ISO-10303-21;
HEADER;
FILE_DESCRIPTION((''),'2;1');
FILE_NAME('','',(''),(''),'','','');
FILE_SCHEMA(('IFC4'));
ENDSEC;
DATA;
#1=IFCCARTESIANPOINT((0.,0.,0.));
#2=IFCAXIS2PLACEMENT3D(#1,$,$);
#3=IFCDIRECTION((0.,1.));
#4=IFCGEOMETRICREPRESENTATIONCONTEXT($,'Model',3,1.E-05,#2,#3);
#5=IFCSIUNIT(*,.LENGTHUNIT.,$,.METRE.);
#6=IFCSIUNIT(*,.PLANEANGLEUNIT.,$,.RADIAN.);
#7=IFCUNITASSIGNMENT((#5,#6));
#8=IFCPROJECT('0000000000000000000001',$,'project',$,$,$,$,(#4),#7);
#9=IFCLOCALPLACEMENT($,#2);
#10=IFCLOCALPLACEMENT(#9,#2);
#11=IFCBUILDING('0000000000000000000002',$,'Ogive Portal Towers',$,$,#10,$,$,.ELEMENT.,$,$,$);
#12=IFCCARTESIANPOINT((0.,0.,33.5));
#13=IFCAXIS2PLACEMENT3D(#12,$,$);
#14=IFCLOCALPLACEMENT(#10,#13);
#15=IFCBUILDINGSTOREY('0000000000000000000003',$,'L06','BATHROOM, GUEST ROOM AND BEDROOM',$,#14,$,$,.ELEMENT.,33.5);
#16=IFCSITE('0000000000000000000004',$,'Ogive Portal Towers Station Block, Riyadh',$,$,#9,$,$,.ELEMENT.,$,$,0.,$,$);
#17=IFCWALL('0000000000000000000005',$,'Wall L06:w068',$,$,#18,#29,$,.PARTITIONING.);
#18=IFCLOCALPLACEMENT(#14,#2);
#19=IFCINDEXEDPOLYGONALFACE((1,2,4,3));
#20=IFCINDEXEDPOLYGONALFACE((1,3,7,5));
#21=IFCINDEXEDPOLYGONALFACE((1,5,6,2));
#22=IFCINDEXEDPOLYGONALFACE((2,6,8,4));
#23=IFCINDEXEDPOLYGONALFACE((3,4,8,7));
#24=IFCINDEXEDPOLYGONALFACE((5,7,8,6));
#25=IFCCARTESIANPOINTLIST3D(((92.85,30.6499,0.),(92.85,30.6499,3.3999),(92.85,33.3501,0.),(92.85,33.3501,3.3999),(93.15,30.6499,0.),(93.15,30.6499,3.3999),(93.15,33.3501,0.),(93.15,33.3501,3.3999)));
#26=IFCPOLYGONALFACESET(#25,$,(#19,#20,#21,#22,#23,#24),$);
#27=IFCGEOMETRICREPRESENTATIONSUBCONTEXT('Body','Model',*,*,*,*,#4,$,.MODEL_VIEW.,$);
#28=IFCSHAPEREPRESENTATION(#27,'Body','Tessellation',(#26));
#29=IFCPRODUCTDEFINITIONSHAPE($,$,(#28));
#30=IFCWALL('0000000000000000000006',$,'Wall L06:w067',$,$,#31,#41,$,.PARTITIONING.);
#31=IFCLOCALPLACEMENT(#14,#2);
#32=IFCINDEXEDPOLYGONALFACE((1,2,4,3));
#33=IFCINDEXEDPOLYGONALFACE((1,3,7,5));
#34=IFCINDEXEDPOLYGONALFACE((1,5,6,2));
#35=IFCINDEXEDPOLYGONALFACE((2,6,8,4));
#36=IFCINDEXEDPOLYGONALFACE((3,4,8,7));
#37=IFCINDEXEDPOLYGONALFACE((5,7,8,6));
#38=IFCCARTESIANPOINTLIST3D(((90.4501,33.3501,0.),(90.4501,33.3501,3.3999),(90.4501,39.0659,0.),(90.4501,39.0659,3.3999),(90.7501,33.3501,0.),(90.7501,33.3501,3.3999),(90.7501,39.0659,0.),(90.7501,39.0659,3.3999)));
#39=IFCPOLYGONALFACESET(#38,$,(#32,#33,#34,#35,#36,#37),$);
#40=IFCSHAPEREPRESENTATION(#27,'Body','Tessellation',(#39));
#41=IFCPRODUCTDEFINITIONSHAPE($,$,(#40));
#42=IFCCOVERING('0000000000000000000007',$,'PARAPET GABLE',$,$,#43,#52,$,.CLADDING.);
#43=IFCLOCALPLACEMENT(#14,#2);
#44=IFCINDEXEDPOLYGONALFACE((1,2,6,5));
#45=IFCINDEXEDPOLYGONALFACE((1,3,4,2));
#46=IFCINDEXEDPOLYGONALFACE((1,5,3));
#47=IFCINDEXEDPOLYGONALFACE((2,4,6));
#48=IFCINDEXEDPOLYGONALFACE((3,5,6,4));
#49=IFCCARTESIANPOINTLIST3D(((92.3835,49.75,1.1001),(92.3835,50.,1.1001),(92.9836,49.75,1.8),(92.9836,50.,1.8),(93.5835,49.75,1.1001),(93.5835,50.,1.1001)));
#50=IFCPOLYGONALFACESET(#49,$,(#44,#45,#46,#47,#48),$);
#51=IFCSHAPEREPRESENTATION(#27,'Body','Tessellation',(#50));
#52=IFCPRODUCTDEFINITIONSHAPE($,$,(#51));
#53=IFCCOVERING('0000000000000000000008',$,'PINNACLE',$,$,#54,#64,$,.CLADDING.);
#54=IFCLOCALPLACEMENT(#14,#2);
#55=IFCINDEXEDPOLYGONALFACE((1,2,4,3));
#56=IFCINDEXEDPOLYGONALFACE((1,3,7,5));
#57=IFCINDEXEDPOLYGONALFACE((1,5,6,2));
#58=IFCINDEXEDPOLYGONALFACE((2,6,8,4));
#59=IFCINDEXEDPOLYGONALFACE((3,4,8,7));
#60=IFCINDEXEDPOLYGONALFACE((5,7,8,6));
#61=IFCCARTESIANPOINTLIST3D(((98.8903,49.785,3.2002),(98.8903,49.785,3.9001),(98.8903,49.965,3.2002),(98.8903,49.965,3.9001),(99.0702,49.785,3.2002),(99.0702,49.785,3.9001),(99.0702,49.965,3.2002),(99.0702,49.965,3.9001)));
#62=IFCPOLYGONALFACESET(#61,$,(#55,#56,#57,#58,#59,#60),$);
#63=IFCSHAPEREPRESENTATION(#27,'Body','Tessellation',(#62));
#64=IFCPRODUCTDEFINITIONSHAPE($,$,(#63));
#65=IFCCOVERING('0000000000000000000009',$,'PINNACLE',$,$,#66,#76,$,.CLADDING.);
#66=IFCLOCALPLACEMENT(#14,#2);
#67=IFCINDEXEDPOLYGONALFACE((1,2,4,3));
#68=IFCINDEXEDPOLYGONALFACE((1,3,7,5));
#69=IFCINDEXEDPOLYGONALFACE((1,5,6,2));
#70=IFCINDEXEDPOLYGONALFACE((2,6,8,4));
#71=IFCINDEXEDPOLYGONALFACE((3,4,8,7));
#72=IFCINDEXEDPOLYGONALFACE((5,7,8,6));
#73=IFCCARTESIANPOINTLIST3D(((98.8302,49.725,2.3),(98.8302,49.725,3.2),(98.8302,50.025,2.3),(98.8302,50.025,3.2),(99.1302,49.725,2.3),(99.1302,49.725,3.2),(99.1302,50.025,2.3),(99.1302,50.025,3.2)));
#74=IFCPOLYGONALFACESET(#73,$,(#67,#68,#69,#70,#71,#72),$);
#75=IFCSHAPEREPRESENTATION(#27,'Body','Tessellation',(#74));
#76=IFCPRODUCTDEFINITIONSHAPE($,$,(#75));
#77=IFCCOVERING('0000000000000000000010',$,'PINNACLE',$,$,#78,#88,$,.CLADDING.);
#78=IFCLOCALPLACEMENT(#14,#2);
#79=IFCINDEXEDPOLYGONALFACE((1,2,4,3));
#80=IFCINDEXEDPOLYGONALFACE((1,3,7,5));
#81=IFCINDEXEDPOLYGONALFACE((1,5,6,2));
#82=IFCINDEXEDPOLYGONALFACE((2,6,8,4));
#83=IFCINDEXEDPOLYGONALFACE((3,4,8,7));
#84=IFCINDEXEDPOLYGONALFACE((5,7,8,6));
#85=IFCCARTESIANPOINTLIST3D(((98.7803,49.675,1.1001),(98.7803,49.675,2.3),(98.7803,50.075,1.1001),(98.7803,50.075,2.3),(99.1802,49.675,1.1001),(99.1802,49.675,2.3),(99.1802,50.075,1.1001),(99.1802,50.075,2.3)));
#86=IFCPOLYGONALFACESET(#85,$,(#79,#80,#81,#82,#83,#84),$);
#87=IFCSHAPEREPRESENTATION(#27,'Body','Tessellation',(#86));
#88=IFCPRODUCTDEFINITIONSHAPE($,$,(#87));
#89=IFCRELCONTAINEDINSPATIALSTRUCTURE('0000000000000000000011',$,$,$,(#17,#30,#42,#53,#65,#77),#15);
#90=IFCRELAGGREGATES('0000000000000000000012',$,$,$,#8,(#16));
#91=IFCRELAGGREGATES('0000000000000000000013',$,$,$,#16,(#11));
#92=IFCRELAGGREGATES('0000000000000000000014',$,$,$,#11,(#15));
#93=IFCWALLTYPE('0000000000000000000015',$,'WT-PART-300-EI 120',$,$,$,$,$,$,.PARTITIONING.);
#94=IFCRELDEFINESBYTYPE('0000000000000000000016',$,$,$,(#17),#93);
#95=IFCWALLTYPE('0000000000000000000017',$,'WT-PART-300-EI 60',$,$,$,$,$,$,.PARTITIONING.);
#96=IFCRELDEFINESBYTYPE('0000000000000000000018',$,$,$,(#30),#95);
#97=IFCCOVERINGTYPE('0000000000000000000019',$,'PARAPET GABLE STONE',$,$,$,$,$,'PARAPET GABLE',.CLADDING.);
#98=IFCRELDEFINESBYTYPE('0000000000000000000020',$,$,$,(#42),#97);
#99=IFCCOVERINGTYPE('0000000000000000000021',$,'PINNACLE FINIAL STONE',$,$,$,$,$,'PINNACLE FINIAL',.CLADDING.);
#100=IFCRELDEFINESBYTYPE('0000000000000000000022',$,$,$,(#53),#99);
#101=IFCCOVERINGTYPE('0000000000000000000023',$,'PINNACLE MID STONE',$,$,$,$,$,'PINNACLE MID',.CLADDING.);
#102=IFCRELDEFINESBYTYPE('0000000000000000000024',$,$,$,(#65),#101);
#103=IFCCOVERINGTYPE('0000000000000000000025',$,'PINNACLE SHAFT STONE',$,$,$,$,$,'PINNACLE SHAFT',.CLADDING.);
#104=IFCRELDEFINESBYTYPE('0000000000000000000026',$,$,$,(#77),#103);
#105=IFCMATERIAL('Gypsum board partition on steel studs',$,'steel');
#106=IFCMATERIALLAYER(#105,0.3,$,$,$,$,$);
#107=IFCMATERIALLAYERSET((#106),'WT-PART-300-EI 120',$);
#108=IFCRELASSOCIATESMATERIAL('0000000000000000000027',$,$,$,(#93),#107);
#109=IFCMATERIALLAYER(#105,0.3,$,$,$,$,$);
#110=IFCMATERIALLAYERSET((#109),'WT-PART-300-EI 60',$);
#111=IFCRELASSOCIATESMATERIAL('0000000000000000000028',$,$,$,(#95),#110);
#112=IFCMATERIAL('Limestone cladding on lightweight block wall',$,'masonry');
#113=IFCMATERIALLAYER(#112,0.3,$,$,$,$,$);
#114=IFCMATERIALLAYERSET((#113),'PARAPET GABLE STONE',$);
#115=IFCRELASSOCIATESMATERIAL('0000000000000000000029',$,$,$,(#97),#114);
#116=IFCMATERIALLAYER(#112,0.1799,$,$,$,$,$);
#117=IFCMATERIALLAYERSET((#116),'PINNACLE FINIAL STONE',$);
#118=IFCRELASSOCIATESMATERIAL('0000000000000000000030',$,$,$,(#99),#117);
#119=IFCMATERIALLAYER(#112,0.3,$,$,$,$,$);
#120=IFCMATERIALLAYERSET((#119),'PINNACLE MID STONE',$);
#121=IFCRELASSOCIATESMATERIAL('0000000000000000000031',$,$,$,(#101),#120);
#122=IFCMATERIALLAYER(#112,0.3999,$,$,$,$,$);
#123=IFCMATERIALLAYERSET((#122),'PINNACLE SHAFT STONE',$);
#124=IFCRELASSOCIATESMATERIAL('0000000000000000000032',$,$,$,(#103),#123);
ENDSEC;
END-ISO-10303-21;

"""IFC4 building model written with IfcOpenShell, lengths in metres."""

from ifc_helpers import new_model, si_unit, direction, frame, frame_2d, origin, origin_2d, place, context, subcontext, project, spatial, polyline, rectangle, outline, extrude, material, layer, layer_set, type_object, element, save


model = new_model("IFC4")

# Units and contexts
model_context = context("Model", 3, precision=1e-05, world=origin(), true_north=direction((0.0, 1.0)))
body_context = subcontext(model_context, "Body", "Model", "MODEL_VIEW")
ifc_project = project(units=[si_unit("LENGTHUNIT", "METRE"), si_unit("PLANEANGLEUNIT", "RADIAN")], contexts=[model_context])

# Site, building, storey
site_placement = place(None, origin())
site = spatial("IfcSite", under=ifc_project, at=site_placement, Name="Ogive Portal Towers Station Block, Riyadh", CompositionType="ELEMENT", RefElevation=0.0)
building_placement = place(site_placement, origin())
building = spatial("IfcBuilding", under=site, at=building_placement, Name="Ogive Portal Towers", CompositionType="ELEMENT")
storey_placement = place(building_placement, frame((0.0, 0.0, 33.5)))
storey = spatial("IfcBuildingStorey", under=building, at=storey_placement, Name="L06", Description="BATHROOM, GUEST ROOM AND BEDROOM", CompositionType="ELEMENT", Elevation=33.5)

# Walls
ifc_material_1 = material(Name="Limestone cladding on lightweight block wall", Category="masonry")
ifc_material_2 = material(Name="Gypsum board partition on steel studs", Category="steel")
ifc_layer_1 = layer(ifc_material_2, 0.3)
ifc_layer_set_1 = layer_set([ifc_layer_1], Name="WT-PART-300-EI 120")
wall_type_1 = type_object("IfcWallType", Name="WT-PART-300-EI 120", PredefinedType="PARTITIONING", material=ifc_layer_set_1)
wall_1_placement = place(storey_placement, frame((93.0, 30.6499, 0.0), z_axis=(0.0, 0.0, 1.0), x_axis=(0.0, 1.0, 0.0)))
element("IfcWall", 1, at=wall_1_placement, inside=storey, type_object=wall_type_1, Name="Wall L06:w068", PredefinedType="PARTITIONING", context=body_context, shape_type="SweptSolid", body=[
    extrude(rectangle(XDim=2.7002, YDim=0.3, at=frame_2d((1.3501, 0.0))), origin(), (0.0, 0.0, 1.0), 3.3999),
])
ifc_layer_2 = layer(ifc_material_2, 0.3)
ifc_layer_set_2 = layer_set([ifc_layer_2], Name="WT-PART-300-EI 60")
wall_type_2 = type_object("IfcWallType", Name="WT-PART-300-EI 60", PredefinedType="PARTITIONING", material=ifc_layer_set_2)
wall_2_placement = place(storey_placement, frame((90.6001, 33.3501, 0.0), z_axis=(0.0, 0.0, 1.0), x_axis=(0.0, 1.0, 0.0)))
element("IfcWall", 2, at=wall_2_placement, inside=storey, type_object=wall_type_2, Name="Wall L06:w067", PredefinedType="PARTITIONING", context=body_context, shape_type="SweptSolid", body=[
    extrude(rectangle(XDim=5.7158, YDim=0.3, at=frame_2d((2.8579, 0.0))), origin(), (0.0, 0.0, 1.0), 3.3999),
])

# Coverings
ifc_layer_3 = layer(ifc_material_1, 0.3)
ifc_layer_set_3 = layer_set([ifc_layer_3], Name="PARAPET GABLE STONE")
covering_type_1 = type_object("IfcCoveringType", Name="PARAPET GABLE STONE", ElementType="PARAPET GABLE", PredefinedType="CLADDING", material=ifc_layer_set_3)
covering_1_placement = place(storey_placement, frame((92.3835, 49.75, 1.1001), z_axis=(0.0, -1.0, 0.0), x_axis=(1.0, 0.0, 0.0)))
element("IfcCovering", 3, at=covering_1_placement, inside=storey, type_object=covering_type_1, Name="PARAPET GABLE", PredefinedType="CLADDING", context=body_context, shape_type="SweptSolid", body=[
    extrude(outline(polyline([(0.0, 0.0), (1.2, 0.0), (0.6001, 0.7), (0.0, 0.0)])), origin(), (0.0, 0.0, -1.0), 0.25),
])
ifc_layer_4 = layer(ifc_material_1, 0.1799)
ifc_layer_set_4 = layer_set([ifc_layer_4], Name="PINNACLE FINIAL STONE")
covering_type_2 = type_object("IfcCoveringType", Name="PINNACLE FINIAL STONE", ElementType="PINNACLE FINIAL", PredefinedType="CLADDING", material=ifc_layer_set_4)
covering_2_placement = place(storey_placement, frame((98.9802, 49.875, 3.2002), z_axis=(0.0, 0.0, 1.0), x_axis=(1.0, 0.0, 0.0)))
element("IfcCovering", 4, at=covering_2_placement, inside=storey, type_object=covering_type_2, Name="PINNACLE", PredefinedType="CLADDING", context=body_context, shape_type="SweptSolid", body=[
    extrude(rectangle(XDim=0.1799, YDim=0.1799, at=origin_2d()), origin(), (0.0, 0.0, 1.0), 0.7),
])
ifc_layer_5 = layer(ifc_material_1, 0.3)
ifc_layer_set_5 = layer_set([ifc_layer_5], Name="PINNACLE MID STONE")
covering_type_3 = type_object("IfcCoveringType", Name="PINNACLE MID STONE", ElementType="PINNACLE MID", PredefinedType="CLADDING", material=ifc_layer_set_5)
covering_3_placement = place(storey_placement, frame((98.9802, 49.875, 2.3), z_axis=(0.0, 0.0, 1.0), x_axis=(1.0, 0.0, 0.0)))
element("IfcCovering", 5, at=covering_3_placement, inside=storey, type_object=covering_type_3, Name="PINNACLE", PredefinedType="CLADDING", context=body_context, shape_type="SweptSolid", body=[
    extrude(rectangle(XDim=0.3, YDim=0.3, at=origin_2d()), origin(), (0.0, 0.0, 1.0), 0.8999),
])
ifc_layer_6 = layer(ifc_material_1, 0.3999)
ifc_layer_set_6 = layer_set([ifc_layer_6], Name="PINNACLE SHAFT STONE")
covering_type_4 = type_object("IfcCoveringType", Name="PINNACLE SHAFT STONE", ElementType="PINNACLE SHAFT", PredefinedType="CLADDING", material=ifc_layer_set_6)
covering_4_placement = place(storey_placement, frame((98.9802, 49.875, 1.1001), z_axis=(0.0, 0.0, 1.0), x_axis=(1.0, 0.0, 0.0)))
element("IfcCovering", 6, at=covering_4_placement, inside=storey, type_object=covering_type_4, Name="PINNACLE", PredefinedType="CLADDING", context=body_context, shape_type="SweptSolid", body=[
    extrude(rectangle(XDim=0.3999, YDim=0.3999, at=origin_2d()), origin(), (0.0, 0.0, 1.0), 1.2),
])

save(model, "model.ifc")
